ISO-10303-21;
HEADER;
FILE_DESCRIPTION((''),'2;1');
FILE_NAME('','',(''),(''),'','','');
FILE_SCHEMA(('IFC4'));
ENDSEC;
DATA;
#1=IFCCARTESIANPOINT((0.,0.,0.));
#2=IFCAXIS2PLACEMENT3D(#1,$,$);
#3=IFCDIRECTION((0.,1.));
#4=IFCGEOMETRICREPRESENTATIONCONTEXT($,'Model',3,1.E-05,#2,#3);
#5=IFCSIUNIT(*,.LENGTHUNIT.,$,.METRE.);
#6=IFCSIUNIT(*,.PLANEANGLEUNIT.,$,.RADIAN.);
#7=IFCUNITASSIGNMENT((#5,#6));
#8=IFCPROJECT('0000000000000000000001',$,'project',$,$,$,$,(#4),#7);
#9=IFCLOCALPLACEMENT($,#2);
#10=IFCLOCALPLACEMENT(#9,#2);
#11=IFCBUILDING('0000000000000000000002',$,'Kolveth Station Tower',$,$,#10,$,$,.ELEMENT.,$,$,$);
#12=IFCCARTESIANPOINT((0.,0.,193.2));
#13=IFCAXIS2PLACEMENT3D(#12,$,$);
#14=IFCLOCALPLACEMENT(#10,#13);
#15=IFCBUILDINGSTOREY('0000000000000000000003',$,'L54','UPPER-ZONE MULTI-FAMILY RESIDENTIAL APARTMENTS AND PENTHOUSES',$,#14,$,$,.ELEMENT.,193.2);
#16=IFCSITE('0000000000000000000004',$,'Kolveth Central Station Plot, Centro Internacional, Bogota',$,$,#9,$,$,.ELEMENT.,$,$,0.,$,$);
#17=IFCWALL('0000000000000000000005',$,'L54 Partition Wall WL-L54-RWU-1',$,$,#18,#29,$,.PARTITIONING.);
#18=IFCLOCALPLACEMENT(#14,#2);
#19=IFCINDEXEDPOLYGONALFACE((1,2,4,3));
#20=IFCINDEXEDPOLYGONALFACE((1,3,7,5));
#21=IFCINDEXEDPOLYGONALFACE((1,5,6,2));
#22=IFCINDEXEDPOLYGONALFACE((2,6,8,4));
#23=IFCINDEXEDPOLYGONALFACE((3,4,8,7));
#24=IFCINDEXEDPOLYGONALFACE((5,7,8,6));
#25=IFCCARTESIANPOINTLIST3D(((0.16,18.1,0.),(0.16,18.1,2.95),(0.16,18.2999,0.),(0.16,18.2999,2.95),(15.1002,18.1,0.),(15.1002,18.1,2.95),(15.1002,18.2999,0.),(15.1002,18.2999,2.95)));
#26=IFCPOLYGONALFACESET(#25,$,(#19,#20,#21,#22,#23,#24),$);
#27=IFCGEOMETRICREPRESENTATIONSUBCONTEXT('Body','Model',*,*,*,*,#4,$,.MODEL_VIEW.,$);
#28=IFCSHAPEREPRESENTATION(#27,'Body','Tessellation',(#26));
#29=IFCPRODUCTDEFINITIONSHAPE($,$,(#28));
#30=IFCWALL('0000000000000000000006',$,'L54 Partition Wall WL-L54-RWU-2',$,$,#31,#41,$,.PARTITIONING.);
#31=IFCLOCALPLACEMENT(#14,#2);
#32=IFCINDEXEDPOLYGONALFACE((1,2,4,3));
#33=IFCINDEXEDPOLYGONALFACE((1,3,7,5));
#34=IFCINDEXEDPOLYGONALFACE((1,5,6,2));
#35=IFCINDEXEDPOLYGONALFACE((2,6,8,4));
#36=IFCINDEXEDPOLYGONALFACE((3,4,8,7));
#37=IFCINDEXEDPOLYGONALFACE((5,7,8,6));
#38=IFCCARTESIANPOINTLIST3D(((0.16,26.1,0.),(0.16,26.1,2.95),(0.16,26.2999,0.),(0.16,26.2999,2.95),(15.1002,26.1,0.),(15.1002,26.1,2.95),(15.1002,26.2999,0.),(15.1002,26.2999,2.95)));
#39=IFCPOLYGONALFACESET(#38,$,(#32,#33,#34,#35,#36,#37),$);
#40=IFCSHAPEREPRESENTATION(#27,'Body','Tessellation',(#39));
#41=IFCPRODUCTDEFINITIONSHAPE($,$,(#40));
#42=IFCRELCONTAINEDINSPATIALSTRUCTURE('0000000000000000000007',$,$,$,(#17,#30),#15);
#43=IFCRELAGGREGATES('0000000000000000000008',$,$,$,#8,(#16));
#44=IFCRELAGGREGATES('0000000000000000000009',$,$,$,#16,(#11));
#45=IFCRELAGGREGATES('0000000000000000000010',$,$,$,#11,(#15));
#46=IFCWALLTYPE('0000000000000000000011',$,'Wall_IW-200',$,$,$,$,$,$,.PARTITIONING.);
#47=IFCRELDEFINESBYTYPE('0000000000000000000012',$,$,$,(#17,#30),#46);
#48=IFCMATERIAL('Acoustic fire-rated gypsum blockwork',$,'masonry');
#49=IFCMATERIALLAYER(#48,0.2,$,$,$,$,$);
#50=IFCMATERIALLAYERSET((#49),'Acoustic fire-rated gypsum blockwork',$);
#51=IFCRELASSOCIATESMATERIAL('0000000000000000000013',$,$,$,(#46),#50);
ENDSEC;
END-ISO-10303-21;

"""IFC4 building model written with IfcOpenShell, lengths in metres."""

from ifc_helpers import new_model, si_unit, direction, frame, frame_2d, origin, place, context, subcontext, project, spatial, rectangle, extrude, material, layer, layer_set, type_object, element, save


model = new_model("IFC4")

# Units and contexts
model_context = context("Model", 3, precision=1e-05, world=origin(), true_north=direction((0.0, 1.0)))
body_context = subcontext(model_context, "Body", "Model", "MODEL_VIEW")
ifc_project = project(units=[si_unit("LENGTHUNIT", "METRE"), si_unit("PLANEANGLEUNIT", "RADIAN")], contexts=[model_context])

# Site, building, storey
site_placement = place(None, origin())
site = spatial("IfcSite", under=ifc_project, at=site_placement, Name="Kolveth Central Station Plot, Centro Internacional, Bogota", CompositionType="ELEMENT", RefElevation=0.0)
building_placement = place(site_placement, origin())
building = spatial("IfcBuilding", under=site, at=building_placement, Name="Kolveth Station Tower", CompositionType="ELEMENT")
storey_placement = place(building_placement, frame((0.0, 0.0, 193.2)))
storey = spatial("IfcBuildingStorey", under=building, at=storey_placement, Name="L54", Description="UPPER-ZONE MULTI-FAMILY RESIDENTIAL APARTMENTS AND PENTHOUSES", CompositionType="ELEMENT", Elevation=193.2)

# Walls
ifc_material_1 = material(Name="Acoustic fire-rated gypsum blockwork", Category="masonry")
ifc_layer_1 = layer(ifc_material_1, 0.2)
ifc_layer_set_1 = layer_set([ifc_layer_1], Name="Acoustic fire-rated gypsum blockwork")
wall_type_1 = type_object("IfcWallType", Name="Wall_IW-200", PredefinedType="PARTITIONING", material=ifc_layer_set_1)
for number, where, z_axis, x_axis, name in (
    (1, (0.1599, 18.2, 0.0), (0.0, 0.0, 1.0), (1.0, 0.0, 0.0), "L54 Partition Wall WL-L54-RWU-1"),
    (2, (0.1599, 26.2, 0.0), (0.0, 0.0, 1.0), (1.0, 0.0, 0.0), "L54 Partition Wall WL-L54-RWU-2"),
):
    element("IfcWall", number, at=place(storey_placement, frame(where, z_axis=z_axis, x_axis=x_axis)), inside=storey, type_object=wall_type_1, Name=name, PredefinedType="PARTITIONING", context=body_context, shape_type="SweptSolid", body=[
        extrude(rectangle(XDim=14.9402, YDim=0.2, at=frame_2d((7.4702, 0.0))), origin(), (0.0, 0.0, 1.0), 2.95),
    ])

save(model, "model.ifc")
